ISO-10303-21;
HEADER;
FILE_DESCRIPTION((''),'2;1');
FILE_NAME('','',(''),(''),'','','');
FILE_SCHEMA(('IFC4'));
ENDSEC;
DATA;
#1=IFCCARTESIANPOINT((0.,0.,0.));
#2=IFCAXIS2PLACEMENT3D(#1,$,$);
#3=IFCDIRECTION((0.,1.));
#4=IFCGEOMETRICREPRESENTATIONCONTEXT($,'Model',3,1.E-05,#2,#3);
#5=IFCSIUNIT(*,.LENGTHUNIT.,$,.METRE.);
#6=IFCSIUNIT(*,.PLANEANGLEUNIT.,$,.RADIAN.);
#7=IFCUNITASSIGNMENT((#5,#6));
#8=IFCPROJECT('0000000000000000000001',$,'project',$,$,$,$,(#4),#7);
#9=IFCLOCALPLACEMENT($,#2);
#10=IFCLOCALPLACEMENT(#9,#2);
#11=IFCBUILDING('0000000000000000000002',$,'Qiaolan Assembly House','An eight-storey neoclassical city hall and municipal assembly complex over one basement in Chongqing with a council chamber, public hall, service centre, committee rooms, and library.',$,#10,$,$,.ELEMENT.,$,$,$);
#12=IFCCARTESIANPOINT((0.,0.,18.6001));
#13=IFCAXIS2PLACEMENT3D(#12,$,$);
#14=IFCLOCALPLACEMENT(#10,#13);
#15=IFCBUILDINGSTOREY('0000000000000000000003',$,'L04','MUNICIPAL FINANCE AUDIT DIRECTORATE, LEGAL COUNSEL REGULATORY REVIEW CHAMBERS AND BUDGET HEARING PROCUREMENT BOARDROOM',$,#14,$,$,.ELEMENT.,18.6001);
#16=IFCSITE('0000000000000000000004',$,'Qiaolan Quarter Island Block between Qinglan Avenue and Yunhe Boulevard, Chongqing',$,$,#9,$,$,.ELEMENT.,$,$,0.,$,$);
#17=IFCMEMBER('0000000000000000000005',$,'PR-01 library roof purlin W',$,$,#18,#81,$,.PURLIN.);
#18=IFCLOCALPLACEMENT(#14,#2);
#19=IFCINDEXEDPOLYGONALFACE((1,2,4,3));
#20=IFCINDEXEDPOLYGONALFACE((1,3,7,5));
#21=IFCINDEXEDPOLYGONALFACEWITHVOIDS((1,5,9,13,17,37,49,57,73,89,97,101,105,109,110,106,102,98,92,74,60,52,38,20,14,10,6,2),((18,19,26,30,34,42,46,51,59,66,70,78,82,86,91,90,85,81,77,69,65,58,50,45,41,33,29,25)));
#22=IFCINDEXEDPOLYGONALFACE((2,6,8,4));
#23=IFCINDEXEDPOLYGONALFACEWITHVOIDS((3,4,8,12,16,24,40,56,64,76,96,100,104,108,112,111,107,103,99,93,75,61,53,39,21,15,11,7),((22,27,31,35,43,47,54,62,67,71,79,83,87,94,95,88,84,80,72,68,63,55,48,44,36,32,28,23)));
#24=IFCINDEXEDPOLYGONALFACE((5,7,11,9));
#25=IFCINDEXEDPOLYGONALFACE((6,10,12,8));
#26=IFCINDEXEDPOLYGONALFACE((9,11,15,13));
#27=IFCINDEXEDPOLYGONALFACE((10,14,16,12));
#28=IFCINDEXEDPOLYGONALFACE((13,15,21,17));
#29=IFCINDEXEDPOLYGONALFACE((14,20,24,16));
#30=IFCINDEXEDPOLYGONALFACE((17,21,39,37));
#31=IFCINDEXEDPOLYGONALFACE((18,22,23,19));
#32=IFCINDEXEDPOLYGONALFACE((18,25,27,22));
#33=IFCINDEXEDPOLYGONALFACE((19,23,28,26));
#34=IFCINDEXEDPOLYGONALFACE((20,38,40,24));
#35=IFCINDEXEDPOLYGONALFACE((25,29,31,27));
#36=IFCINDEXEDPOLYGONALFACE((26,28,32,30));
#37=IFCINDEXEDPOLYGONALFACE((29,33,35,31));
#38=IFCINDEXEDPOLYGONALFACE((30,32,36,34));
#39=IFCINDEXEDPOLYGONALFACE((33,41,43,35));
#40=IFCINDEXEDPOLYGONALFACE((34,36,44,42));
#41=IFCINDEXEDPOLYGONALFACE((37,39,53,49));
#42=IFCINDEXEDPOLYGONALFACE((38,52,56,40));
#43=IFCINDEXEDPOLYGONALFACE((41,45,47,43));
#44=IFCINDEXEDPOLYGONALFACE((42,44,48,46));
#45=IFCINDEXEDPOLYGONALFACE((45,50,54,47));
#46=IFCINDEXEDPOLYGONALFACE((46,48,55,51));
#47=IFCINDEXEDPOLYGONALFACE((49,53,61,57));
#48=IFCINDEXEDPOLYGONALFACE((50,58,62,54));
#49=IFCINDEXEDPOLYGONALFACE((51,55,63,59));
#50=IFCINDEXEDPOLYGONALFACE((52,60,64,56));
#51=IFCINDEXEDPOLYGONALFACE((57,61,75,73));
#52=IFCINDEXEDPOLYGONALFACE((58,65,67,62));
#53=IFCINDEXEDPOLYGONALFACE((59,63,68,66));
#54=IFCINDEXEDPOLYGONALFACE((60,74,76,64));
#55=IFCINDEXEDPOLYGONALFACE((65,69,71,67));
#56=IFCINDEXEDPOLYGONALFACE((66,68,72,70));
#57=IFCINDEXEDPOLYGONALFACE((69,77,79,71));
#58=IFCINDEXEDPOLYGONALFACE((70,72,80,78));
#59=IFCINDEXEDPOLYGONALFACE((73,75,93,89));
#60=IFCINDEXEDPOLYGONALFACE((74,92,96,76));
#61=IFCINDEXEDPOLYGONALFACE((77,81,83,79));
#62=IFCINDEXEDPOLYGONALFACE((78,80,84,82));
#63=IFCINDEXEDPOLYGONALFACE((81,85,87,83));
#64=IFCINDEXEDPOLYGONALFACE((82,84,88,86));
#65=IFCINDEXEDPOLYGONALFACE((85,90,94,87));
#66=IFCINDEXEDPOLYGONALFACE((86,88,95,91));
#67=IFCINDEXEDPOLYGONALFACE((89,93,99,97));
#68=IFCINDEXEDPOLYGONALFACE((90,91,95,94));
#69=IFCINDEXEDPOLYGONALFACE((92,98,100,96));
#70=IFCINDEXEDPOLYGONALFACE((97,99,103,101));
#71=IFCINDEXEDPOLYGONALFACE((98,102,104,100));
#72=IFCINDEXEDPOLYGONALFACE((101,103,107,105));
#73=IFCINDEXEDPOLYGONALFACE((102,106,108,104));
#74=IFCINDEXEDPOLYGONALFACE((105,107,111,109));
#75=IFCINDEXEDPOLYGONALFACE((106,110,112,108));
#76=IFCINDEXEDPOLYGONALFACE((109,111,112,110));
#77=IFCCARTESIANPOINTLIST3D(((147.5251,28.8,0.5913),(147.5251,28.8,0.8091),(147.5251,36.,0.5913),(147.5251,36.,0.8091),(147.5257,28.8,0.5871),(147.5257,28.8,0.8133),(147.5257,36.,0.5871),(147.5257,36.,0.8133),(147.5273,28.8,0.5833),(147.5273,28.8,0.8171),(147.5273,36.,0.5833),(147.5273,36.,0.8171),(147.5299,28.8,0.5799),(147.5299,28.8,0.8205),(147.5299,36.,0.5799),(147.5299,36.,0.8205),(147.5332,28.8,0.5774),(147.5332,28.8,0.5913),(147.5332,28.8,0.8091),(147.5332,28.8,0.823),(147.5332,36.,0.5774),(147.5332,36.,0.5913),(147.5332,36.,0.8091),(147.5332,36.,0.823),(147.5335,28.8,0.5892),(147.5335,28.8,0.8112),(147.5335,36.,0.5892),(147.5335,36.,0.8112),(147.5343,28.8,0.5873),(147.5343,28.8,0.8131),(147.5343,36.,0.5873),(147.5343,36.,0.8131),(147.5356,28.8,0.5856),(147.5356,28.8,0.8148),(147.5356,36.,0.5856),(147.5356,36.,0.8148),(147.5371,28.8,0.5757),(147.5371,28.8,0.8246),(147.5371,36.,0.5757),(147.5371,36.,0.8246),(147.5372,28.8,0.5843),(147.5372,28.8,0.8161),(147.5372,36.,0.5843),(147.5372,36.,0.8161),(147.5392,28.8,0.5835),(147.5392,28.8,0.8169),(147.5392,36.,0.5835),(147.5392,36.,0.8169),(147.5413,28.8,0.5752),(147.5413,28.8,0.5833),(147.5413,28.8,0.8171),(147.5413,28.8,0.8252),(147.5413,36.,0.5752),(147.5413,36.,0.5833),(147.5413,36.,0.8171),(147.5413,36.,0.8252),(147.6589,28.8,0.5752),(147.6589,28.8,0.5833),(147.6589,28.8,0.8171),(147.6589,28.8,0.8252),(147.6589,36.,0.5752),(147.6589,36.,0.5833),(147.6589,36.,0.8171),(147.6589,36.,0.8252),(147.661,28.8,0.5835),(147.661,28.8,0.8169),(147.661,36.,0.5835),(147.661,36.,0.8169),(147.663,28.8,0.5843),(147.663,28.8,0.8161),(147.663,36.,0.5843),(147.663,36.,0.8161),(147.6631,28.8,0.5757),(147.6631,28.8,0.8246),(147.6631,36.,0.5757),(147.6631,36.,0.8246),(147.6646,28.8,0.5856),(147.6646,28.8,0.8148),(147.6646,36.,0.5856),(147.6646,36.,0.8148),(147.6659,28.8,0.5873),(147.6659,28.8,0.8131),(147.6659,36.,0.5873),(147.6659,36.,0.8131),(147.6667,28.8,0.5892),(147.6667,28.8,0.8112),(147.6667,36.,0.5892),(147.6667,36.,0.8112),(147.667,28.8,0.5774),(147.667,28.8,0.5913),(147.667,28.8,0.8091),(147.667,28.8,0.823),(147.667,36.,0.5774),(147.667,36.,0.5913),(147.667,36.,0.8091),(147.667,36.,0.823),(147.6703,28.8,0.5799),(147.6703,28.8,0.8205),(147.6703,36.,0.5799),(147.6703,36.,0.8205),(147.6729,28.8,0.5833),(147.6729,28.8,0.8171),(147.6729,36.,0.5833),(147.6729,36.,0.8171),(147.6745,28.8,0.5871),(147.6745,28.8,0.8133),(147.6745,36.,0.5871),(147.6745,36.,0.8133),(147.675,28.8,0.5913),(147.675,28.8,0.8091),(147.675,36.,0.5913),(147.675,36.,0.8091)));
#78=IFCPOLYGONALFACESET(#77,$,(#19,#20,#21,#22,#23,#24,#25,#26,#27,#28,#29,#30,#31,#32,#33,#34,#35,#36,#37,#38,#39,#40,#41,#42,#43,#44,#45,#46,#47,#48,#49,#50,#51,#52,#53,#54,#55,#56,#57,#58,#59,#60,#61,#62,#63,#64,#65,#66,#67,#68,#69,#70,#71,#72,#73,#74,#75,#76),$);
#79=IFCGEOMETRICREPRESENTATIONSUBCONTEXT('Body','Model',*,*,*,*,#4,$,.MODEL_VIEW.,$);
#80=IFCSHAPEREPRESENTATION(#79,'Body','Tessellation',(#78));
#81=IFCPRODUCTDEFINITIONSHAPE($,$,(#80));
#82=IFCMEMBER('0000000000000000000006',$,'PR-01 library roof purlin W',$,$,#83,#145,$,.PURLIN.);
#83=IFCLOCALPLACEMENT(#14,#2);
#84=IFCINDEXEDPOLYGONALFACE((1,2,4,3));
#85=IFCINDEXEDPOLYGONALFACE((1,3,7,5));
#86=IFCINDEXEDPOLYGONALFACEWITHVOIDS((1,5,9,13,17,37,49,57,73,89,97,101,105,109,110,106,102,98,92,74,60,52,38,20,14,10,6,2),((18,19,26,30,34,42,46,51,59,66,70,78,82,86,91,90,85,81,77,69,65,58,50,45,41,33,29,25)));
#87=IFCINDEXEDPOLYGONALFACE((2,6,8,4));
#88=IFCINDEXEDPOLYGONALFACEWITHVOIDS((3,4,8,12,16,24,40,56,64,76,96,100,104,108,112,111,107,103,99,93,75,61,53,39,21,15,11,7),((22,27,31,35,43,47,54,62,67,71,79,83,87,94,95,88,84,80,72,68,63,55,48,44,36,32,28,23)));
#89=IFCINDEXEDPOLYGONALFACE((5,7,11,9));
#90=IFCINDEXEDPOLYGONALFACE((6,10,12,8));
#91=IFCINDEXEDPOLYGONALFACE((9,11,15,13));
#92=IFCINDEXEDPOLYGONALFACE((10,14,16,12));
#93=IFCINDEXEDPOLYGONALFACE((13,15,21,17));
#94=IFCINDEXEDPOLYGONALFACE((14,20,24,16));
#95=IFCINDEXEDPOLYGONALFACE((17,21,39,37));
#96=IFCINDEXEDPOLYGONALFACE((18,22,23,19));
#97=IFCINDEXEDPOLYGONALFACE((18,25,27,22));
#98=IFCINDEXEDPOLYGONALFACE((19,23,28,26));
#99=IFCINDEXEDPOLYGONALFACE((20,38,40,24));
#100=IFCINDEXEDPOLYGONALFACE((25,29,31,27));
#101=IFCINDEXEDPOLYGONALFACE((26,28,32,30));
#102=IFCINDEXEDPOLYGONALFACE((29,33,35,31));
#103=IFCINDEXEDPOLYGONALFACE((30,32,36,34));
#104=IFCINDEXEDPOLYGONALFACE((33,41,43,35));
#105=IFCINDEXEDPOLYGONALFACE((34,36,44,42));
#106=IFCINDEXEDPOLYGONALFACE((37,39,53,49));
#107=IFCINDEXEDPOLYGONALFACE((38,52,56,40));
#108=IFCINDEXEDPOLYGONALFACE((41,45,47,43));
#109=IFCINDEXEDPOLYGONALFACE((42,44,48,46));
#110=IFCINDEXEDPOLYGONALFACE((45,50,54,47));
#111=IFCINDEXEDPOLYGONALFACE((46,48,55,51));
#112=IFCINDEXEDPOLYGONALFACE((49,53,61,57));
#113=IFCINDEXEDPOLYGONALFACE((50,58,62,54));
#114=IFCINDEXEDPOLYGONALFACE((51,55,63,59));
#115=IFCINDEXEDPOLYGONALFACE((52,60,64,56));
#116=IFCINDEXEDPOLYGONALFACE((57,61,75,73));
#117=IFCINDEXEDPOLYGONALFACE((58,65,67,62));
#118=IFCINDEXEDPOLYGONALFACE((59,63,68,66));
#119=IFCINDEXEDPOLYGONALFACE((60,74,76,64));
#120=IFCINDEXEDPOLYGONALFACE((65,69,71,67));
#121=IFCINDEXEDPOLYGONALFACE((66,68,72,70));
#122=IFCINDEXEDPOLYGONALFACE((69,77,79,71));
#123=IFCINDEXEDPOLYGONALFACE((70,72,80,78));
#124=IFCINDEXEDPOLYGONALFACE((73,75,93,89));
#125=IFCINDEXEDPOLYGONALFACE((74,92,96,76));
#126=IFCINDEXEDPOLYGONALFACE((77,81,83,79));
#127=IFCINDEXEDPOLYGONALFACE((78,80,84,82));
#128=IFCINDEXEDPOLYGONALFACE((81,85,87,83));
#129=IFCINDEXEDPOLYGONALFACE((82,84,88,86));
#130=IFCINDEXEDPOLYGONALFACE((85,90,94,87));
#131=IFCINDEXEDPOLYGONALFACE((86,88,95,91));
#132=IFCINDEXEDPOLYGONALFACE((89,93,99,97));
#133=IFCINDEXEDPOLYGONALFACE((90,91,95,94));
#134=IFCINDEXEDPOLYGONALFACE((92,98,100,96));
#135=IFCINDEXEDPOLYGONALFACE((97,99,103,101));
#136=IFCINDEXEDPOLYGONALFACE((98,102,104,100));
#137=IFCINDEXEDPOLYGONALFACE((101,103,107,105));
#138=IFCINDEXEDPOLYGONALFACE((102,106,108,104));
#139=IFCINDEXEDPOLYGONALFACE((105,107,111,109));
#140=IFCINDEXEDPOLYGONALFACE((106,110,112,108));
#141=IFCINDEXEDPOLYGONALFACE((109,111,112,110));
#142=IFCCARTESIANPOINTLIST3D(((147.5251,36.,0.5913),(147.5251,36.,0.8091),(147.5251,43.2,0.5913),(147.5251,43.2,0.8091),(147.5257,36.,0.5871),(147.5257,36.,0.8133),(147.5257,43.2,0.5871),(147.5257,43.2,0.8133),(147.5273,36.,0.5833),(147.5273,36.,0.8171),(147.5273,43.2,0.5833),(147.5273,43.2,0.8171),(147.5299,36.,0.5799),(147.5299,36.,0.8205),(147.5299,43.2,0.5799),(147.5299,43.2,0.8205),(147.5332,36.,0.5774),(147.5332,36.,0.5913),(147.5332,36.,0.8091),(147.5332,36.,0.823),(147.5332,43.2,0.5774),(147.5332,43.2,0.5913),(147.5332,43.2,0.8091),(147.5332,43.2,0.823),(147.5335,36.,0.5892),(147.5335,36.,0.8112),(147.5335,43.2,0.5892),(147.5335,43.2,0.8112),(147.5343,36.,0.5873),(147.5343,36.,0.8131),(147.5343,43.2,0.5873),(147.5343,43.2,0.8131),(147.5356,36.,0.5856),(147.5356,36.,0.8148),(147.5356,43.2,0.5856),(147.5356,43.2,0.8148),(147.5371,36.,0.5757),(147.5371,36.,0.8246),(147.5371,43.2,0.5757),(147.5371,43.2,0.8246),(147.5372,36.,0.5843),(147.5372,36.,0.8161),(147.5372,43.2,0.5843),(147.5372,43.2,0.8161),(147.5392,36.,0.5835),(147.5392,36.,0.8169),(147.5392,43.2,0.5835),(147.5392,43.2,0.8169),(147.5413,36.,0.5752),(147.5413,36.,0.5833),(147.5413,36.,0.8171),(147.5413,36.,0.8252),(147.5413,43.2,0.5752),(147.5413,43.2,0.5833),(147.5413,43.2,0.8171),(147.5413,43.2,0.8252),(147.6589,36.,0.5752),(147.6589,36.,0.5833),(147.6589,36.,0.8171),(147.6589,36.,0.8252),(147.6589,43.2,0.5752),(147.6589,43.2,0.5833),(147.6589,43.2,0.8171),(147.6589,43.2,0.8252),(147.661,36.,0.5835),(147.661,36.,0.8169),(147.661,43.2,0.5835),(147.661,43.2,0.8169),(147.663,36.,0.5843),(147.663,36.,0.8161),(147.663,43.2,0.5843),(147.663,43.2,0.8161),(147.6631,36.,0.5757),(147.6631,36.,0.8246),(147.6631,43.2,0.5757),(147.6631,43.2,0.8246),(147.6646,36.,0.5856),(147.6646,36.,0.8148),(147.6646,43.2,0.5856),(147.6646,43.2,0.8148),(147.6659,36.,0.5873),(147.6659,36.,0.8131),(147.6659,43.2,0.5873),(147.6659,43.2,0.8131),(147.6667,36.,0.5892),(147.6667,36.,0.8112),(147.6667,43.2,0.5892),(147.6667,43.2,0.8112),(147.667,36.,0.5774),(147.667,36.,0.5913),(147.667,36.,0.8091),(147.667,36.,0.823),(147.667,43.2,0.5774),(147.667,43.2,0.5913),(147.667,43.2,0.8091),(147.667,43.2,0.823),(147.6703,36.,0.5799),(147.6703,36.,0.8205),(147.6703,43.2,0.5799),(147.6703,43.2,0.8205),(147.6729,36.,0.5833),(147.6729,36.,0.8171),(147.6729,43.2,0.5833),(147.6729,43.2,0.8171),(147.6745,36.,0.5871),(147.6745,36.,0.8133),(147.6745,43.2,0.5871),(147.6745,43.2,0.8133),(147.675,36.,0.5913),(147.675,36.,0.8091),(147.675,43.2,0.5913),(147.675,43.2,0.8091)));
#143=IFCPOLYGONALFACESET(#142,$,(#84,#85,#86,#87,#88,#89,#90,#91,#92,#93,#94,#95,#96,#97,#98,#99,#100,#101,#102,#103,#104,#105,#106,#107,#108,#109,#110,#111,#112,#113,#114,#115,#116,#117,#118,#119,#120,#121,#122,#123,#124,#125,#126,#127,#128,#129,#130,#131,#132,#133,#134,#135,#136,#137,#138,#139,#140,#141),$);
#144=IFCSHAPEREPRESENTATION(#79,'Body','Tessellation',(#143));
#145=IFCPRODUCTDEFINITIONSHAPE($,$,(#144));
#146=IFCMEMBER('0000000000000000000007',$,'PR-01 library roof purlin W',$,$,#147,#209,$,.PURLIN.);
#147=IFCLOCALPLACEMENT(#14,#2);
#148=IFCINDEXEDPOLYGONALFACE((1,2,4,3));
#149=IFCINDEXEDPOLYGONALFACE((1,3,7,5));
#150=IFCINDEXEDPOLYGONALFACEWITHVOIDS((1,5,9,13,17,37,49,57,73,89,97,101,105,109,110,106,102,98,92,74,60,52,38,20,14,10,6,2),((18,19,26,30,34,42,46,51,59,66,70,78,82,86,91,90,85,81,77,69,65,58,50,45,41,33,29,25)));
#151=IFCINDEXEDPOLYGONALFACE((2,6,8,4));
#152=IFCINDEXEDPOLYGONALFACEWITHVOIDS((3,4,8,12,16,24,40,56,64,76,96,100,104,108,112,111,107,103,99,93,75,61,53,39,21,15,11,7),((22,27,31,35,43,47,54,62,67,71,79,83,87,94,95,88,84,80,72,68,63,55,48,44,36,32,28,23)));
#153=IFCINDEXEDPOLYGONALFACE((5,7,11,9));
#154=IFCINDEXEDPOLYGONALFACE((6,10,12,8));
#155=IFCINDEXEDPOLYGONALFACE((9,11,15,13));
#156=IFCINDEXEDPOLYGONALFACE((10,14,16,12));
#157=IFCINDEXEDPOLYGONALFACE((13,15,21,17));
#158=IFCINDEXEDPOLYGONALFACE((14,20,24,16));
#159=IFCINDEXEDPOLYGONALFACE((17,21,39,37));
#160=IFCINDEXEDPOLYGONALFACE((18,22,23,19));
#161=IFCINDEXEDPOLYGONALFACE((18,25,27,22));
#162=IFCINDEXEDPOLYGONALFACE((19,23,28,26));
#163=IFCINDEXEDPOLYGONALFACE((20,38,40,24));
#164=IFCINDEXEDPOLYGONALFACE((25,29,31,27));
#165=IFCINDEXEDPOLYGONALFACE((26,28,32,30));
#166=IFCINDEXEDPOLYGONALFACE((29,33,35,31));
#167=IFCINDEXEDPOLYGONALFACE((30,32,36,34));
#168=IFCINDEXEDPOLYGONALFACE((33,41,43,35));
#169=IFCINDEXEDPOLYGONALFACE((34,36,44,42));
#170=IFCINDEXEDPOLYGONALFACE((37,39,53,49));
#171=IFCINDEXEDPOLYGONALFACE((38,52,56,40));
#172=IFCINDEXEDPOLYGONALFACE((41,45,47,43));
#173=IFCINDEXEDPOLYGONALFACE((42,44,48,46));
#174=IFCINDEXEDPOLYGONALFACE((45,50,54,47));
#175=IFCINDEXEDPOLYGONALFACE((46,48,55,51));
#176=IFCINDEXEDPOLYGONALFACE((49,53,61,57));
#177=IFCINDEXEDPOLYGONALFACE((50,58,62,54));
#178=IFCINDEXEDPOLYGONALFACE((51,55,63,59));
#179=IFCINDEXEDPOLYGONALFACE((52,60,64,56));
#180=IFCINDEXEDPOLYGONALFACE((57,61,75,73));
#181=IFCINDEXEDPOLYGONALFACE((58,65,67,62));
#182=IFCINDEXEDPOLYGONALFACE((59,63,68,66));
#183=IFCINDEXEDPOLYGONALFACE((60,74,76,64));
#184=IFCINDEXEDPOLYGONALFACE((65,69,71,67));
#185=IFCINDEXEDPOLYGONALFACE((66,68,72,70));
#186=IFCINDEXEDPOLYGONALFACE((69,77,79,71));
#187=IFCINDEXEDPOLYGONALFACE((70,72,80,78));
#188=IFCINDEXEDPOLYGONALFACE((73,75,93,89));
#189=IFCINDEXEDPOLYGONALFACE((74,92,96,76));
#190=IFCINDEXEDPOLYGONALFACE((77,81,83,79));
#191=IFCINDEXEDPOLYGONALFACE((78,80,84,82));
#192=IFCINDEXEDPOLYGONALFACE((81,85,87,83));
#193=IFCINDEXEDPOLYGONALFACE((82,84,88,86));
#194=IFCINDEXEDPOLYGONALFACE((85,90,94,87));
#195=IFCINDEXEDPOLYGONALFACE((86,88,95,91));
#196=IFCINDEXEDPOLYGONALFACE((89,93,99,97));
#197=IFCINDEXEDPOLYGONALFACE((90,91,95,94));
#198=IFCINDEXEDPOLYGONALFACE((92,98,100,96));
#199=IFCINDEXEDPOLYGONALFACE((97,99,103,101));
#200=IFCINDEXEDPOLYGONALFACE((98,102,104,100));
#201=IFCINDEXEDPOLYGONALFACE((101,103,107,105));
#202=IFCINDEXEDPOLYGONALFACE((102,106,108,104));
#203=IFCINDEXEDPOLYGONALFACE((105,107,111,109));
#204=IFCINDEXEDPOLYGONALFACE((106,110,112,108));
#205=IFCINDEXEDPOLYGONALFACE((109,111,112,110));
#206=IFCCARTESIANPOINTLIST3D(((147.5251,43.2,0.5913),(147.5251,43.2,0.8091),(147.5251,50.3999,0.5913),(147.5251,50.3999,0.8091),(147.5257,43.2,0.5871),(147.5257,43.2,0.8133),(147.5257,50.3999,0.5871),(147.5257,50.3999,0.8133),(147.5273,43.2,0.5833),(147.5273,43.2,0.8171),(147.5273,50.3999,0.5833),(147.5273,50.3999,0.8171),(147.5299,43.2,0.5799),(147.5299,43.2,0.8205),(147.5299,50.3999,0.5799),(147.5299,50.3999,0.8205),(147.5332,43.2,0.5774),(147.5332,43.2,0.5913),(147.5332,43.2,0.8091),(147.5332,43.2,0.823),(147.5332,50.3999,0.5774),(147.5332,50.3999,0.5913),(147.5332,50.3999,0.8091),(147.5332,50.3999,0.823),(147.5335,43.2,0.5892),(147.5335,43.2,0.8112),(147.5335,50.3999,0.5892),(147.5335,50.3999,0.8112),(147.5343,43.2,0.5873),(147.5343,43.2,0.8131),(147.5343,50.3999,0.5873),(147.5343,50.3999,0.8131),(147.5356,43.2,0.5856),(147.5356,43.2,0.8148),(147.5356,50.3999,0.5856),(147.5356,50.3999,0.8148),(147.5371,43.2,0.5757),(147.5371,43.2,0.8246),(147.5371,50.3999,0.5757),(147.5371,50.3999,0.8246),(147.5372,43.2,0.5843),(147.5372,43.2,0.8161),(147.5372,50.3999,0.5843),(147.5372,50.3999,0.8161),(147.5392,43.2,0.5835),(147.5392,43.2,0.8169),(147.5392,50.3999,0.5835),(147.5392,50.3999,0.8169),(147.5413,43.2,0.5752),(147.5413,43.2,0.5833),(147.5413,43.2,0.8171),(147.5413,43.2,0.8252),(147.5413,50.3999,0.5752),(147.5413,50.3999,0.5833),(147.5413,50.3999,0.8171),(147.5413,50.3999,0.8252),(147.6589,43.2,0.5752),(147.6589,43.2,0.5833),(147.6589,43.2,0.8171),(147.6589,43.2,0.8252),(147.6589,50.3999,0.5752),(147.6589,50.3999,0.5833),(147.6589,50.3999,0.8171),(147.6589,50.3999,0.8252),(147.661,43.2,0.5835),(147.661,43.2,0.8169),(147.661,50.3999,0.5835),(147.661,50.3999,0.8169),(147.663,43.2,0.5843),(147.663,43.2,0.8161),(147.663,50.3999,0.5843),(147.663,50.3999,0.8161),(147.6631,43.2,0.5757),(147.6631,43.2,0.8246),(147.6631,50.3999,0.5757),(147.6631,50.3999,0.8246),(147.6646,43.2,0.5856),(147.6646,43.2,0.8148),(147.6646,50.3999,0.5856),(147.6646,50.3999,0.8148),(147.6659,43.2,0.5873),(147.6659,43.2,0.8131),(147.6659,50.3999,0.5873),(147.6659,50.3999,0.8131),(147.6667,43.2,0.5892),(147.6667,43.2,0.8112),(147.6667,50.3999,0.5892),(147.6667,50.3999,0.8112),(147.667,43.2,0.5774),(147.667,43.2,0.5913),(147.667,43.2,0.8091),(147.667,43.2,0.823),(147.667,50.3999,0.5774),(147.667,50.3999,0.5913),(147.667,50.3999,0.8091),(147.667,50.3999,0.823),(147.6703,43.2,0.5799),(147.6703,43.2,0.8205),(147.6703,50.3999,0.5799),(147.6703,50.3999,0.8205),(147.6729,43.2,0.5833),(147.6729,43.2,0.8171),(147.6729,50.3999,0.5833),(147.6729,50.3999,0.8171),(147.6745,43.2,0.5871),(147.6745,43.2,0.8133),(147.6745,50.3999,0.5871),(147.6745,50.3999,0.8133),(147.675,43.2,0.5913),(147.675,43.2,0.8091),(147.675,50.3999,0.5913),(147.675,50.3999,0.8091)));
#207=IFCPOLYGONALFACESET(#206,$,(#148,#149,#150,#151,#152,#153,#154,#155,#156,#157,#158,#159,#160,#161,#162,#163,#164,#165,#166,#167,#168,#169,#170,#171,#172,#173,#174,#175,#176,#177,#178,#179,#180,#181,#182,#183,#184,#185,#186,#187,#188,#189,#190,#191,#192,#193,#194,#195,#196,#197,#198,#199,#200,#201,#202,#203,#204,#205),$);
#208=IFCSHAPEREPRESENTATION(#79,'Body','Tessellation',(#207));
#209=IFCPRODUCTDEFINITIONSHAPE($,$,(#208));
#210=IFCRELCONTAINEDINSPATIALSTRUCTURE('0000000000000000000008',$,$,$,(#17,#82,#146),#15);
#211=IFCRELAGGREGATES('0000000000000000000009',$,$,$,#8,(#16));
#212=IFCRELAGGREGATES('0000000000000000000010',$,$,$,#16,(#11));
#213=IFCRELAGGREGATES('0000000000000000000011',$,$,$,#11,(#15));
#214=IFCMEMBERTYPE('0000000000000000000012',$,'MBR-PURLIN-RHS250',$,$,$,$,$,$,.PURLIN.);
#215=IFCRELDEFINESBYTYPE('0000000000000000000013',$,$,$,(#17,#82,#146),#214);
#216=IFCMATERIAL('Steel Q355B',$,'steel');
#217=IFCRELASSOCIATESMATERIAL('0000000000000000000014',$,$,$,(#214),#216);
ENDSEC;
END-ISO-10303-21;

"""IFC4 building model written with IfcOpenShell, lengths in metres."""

from ifc_helpers import new_model, si_unit, direction, frame, origin, origin_2d, place, context, subcontext, project, spatial, hollow_rectangle, extrude, material, material_profile, profile_set, type_object, element, save


model = new_model("IFC4")

# Units and contexts
model_context = context("Model", 3, precision=1e-05, world=origin(), true_north=direction((0.0, 1.0)))
body_context = subcontext(model_context, "Body", "Model", "MODEL_VIEW")
ifc_project = project(units=[si_unit("LENGTHUNIT", "METRE"), si_unit("PLANEANGLEUNIT", "RADIAN")], contexts=[model_context])

# Site, building, storey
site_placement = place(None, origin())
site = spatial("IfcSite", under=ifc_project, at=site_placement, Name="Qiaolan Quarter Island Block between Qinglan Avenue and Yunhe Boulevard, Chongqing", CompositionType="ELEMENT", RefElevation=0.0)
building_placement = place(site_placement, origin())
building = spatial("IfcBuilding", under=site, at=building_placement, Name="Qiaolan Assembly House", Description="An eight-storey neoclassical city hall and municipal assembly complex over one basement in Chongqing with a council chamber, public hall, service centre, committee rooms, and library.", CompositionType="ELEMENT")
storey_placement = place(building_placement, frame((0.0, 0.0, 18.6001)))
storey = spatial("IfcBuildingStorey", under=building, at=storey_placement, Name="L04", Description="MUNICIPAL FINANCE AUDIT DIRECTORATE, LEGAL COUNSEL REGULATORY REVIEW CHAMBERS AND BUDGET HEARING PROCUREMENT BOARDROOM", CompositionType="ELEMENT", Elevation=18.6001)

# Shared definitions
ifc_material = material(Name="Steel Q355B", Category="steel")

# Members
ifc_material_profile_1 = material_profile(ifc_material, hollow_rectangle(XDim=0.1499, YDim=0.25, WallThickness=0.0081, InnerFilletRadius=0.0081, OuterFilletRadius=0.0161, at=origin_2d()), Name="RHS 250x150x8")
ifc_profile_set_1 = profile_set([ifc_material_profile_1], Name="Steel Q355B")
member_type = type_object("IfcMemberType", Name="MBR-PURLIN-RHS250", PredefinedType="PURLIN", material=ifc_profile_set_1)
for number, where, z_axis, x_axis, name in (
    (1, (147.6001, 28.8, 0.7002), (0.0, 1.0, 0.0), (-1.0, 0.0, 0.0), "PR-01 library roof purlin W"),
    (2, (147.6001, 36.0, 0.7002), (0.0, 1.0, 0.0), (-1.0, 0.0, 0.0), "PR-01 library roof purlin W"),
    (3, (147.6001, 43.2, 0.7002), (0.0, 1.0, 0.0), (-1.0, 0.0, 0.0), "PR-01 library roof purlin W"),
):
    element("IfcMember", number, at=place(storey_placement, frame(where, z_axis=z_axis, x_axis=x_axis)), inside=storey, type_object=member_type, Name=name, PredefinedType="PURLIN", context=body_context, shape_type="SweptSolid", body=[
        extrude(hollow_rectangle(XDim=0.1499, YDim=0.25, WallThickness=0.0081, InnerFilletRadius=0.0081, OuterFilletRadius=0.0161, at=origin_2d()), origin(), (0.0, 0.0, 1.0), 7.2),
    ])

save(model, "model.ifc")
